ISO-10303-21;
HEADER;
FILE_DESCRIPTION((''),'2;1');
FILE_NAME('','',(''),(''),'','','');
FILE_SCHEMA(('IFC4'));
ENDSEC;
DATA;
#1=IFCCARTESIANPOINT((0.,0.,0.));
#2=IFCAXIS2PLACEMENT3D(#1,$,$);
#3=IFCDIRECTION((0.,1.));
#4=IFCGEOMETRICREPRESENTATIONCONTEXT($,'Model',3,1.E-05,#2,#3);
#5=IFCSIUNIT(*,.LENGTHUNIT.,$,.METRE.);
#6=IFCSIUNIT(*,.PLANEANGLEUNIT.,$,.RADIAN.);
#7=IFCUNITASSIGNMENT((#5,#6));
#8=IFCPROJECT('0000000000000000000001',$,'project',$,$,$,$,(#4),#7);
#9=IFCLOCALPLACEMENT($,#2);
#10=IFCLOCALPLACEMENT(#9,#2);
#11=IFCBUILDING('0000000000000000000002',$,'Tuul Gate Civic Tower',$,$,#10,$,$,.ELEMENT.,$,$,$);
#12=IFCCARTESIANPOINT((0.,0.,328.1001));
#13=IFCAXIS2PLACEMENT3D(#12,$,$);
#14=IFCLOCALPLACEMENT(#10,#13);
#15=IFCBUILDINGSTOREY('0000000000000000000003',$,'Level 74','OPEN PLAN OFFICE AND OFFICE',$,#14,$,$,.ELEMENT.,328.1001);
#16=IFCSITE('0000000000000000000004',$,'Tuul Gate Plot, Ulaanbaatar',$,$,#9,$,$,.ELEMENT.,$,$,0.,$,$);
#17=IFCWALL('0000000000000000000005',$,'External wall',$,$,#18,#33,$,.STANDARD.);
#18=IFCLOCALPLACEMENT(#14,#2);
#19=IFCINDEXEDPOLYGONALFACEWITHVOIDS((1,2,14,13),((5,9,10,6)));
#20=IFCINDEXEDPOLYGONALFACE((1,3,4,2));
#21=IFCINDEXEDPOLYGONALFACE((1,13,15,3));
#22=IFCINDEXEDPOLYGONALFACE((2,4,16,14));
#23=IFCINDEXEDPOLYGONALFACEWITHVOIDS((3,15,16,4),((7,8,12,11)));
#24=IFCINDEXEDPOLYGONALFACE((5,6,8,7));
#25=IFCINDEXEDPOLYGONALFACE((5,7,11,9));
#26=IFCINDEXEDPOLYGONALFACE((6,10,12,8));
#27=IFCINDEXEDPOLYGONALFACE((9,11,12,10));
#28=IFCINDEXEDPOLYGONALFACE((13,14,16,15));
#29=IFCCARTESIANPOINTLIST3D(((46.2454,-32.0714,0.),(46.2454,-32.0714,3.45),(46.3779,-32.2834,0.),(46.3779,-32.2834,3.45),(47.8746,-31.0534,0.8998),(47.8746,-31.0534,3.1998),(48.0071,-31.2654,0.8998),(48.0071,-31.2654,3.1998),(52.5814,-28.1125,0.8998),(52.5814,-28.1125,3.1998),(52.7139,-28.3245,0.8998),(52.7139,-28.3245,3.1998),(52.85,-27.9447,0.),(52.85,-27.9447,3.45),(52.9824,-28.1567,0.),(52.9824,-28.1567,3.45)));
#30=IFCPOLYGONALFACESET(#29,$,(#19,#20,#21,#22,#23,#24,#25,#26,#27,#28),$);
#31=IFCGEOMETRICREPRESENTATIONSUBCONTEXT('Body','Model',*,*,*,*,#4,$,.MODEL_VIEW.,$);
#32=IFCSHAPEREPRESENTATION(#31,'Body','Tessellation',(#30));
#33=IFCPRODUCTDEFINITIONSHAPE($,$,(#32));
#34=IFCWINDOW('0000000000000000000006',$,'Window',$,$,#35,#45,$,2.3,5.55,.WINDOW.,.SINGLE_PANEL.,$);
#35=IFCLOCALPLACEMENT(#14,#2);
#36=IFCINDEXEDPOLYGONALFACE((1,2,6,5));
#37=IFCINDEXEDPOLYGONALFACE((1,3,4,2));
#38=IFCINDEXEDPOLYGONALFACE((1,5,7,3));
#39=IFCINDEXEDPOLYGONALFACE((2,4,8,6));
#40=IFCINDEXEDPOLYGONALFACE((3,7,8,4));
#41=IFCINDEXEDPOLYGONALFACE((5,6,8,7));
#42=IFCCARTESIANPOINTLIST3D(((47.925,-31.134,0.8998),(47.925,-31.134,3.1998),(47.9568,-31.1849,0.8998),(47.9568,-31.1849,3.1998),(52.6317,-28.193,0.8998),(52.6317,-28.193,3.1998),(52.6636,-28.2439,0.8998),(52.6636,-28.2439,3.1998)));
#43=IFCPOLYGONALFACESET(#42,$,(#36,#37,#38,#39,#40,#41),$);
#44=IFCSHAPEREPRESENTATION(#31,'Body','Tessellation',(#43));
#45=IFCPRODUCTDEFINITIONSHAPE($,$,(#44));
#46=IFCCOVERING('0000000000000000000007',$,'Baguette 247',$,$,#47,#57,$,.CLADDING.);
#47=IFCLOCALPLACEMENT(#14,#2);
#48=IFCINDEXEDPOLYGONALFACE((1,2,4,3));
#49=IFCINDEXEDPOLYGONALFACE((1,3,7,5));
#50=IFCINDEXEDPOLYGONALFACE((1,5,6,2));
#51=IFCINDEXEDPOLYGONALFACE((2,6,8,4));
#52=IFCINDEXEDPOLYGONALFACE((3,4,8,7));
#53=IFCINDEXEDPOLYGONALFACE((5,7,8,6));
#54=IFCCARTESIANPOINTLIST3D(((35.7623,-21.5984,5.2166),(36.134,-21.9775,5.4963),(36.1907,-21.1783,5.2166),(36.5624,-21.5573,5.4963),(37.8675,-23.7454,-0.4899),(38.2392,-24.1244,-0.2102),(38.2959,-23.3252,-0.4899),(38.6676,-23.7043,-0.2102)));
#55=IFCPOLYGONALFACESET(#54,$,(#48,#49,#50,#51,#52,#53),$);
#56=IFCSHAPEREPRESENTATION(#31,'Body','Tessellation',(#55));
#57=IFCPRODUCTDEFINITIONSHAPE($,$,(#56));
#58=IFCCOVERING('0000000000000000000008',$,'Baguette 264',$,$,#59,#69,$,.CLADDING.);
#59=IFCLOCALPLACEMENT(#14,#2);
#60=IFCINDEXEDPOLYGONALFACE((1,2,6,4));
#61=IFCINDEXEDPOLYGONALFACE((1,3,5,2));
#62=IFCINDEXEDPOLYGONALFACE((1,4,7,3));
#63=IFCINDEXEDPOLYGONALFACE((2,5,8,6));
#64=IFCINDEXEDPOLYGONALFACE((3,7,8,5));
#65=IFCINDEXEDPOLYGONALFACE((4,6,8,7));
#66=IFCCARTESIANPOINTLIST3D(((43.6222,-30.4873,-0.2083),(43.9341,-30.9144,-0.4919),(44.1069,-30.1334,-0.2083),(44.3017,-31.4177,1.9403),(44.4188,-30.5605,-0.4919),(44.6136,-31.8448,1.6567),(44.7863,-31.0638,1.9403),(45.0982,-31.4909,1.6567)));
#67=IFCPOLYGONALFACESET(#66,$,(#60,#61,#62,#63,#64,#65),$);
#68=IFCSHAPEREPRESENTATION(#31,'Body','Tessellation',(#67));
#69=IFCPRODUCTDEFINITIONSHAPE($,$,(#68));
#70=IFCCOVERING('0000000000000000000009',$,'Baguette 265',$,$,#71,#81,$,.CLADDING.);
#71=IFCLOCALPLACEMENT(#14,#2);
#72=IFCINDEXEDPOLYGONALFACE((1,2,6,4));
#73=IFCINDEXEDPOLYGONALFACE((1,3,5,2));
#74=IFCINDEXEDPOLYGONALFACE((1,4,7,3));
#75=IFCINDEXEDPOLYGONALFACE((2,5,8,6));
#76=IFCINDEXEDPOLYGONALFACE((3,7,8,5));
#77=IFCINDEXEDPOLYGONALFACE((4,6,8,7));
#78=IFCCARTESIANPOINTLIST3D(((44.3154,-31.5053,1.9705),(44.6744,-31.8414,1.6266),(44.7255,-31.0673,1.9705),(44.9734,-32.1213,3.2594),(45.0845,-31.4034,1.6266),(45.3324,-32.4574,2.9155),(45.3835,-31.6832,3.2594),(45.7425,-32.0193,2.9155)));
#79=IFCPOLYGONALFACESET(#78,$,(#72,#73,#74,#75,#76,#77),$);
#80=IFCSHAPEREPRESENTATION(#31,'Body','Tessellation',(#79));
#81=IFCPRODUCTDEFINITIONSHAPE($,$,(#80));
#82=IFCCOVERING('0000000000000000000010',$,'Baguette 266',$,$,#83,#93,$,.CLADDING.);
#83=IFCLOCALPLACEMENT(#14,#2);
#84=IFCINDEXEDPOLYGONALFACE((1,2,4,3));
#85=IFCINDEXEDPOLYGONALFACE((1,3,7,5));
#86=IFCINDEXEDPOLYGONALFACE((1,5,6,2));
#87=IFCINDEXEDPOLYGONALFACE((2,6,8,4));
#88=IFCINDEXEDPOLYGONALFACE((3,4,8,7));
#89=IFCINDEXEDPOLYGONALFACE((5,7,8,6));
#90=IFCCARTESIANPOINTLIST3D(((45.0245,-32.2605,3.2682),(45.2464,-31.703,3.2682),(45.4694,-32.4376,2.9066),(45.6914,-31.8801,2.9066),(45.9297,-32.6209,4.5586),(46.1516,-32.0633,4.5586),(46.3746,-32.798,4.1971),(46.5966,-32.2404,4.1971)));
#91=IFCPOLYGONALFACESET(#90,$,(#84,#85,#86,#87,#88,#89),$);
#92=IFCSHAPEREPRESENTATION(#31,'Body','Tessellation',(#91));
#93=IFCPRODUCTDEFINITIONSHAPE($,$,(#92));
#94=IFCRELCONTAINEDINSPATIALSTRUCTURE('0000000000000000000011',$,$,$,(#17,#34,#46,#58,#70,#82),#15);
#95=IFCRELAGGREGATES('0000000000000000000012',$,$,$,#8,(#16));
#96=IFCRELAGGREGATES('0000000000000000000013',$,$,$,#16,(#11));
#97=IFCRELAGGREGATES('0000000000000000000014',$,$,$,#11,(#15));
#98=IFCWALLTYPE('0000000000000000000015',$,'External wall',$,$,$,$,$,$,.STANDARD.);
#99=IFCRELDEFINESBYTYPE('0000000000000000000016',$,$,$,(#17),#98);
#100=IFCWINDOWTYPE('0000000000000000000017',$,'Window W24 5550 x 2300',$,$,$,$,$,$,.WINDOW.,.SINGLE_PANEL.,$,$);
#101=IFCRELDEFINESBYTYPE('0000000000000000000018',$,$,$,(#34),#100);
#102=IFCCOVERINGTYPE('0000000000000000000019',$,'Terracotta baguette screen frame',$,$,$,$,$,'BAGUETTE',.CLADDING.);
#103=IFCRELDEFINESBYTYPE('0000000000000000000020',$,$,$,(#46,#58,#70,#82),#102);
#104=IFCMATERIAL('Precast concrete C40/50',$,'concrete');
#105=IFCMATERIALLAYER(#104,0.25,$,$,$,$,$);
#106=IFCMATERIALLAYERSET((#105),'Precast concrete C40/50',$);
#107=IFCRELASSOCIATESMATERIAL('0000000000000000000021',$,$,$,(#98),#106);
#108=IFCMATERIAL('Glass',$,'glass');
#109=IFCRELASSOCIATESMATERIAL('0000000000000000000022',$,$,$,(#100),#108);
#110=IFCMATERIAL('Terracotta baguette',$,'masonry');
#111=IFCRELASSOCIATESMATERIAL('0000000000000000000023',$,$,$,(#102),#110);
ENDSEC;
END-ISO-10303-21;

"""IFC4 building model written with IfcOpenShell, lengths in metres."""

from ifc_helpers import new_model, si_unit, direction, frame, frame_2d, origin, origin_2d, place, context, subcontext, project, spatial, rectangle, extrude, material, layer, layer_set, material_profile, profile_set, type_object, element, fill, save


model = new_model("IFC4")

# Units and contexts
model_context = context("Model", 3, precision=1e-05, world=origin(), true_north=direction((0.0, 1.0)))
body_context = subcontext(model_context, "Body", "Model", "MODEL_VIEW")
ifc_project = project(units=[si_unit("LENGTHUNIT", "METRE"), si_unit("PLANEANGLEUNIT", "RADIAN")], contexts=[model_context])

# Site, building, storey
site_placement = place(None, origin())
site = spatial("IfcSite", under=ifc_project, at=site_placement, Name="Tuul Gate Plot, Ulaanbaatar", CompositionType="ELEMENT", RefElevation=0.0)
building_placement = place(site_placement, origin())
building = spatial("IfcBuilding", under=site, at=building_placement, Name="Tuul Gate Civic Tower", CompositionType="ELEMENT")
storey_placement = place(building_placement, frame((0.0, 0.0, 328.1001)))
storey = spatial("IfcBuildingStorey", under=building, at=storey_placement, Name="Level 74", Description="OPEN PLAN OFFICE AND OFFICE", CompositionType="ELEMENT", Elevation=328.1001)

# Wall, opening, window
ifc_material_1 = material(Name="Precast concrete C40/50", Category="concrete")
ifc_layer_1 = layer(ifc_material_1, 0.25)
ifc_layer_set_1 = layer_set([ifc_layer_1], Name="Precast concrete C40/50")
wall_type_1 = type_object("IfcWallType", Name="External wall", PredefinedType="STANDARD", material=ifc_layer_set_1)
wall_1_placement = place(storey_placement, frame((46.3115, -32.1775, 0.0), z_axis=(0.0, 0.0, 1.0), x_axis=(0.848062, 0.529897, 0.0)))
wall_1 = element("IfcWall", 1, at=wall_1_placement, inside=storey, type_object=wall_type_1, Name="External wall", PredefinedType="STANDARD", context=body_context, shape_type="SweptSolid", body=[
    extrude(rectangle(XDim=7.7878, YDim=0.25, at=frame_2d((3.894, 0.0))), origin(), (0.0, 0.0, 1.0), 3.45),
])
opening_1_placement = place(wall_1_placement, frame((1.9214, 0.0, 0.8999)))
opening_1 = element("IfcOpeningElement", 2, at=opening_1_placement, cuts=wall_1, PredefinedType="OPENING", context=body_context, shape_type="SweptSolid", body=[
    extrude(rectangle(XDim=5.55, YDim=2.3, at=frame_2d((2.7749, 1.1499))), frame((0.0, 0.135, 0.0), z_axis=(0.0, -1.0, 0.0), x_axis=(1.0, 0.0, 0.0)), (0.0, 0.0, 1.0), 0.27),
])
ifc_material_2 = material(Name="Glass", Category="glass")
window_type_1 = type_object("IfcWindowType", Name="Window W24 5550 x 2300", PartitioningType="SINGLE_PANEL", PredefinedType="WINDOW", material=ifc_material_2)
window_1_placement = place(opening_1_placement, origin())
window_1 = element("IfcWindow", 3, at=window_1_placement, inside=storey, type_object=window_type_1, Name="Window", OverallHeight=2.3, OverallWidth=5.55, PartitioningType="SINGLE_PANEL", PredefinedType="WINDOW", context=body_context, shape_type="SweptSolid", body=[
    extrude(rectangle(XDim=5.55, YDim=2.3, at=frame_2d((2.7749, 1.1499))), frame((0.0, 0.03, 0.0), z_axis=(0.0, -1.0, 0.0), x_axis=(1.0, 0.0, 0.0)), (0.0, 0.0, 1.0), 0.0601),
])
fill(opening_1, window_1)

# Coverings
ifc_material_3 = material(Name="Terracotta baguette", Category="masonry")
ifc_material_profile_1 = material_profile(ifc_material_3, rectangle(XDim=0.6001, YDim=0.6001, at=origin_2d()), Name="Terracotta baguette screen frame")
ifc_profile_set_1 = profile_set([ifc_material_profile_1], Name="Terracotta baguette")
covering_type = type_object("IfcCoveringType", Name="Terracotta baguette screen frame", ElementType="BAGUETTE", PredefinedType="CLADDING", material=ifc_profile_set_1)
covering_1_placement = place(storey_placement, frame((36.1624, -21.5779, 5.3564), z_axis=(0.326377, -0.33285, -0.884697), x_axis=(0.714015, 0.700131, 0.0)))
element("IfcCovering", 4, at=covering_1_placement, inside=storey, type_object=covering_type, Name="Baguette 247", PredefinedType="CLADDING", context=body_context, shape_type="SweptSolid", body=[
    extrude(rectangle(XDim=0.6001, YDim=0.6001, at=origin_2d()), origin(), (0.0, 0.0, 1.0), 6.4502),
])
covering_2_placement = place(storey_placement, frame((44.0205, -30.5239, -0.3501), z_axis=(0.278681, -0.381622, 0.881306), x_axis=(0.807589, 0.589746, 0.0)))
element("IfcCovering", 5, at=covering_2_placement, inside=storey, type_object=covering_type, Name="Baguette 264", PredefinedType="CLADDING", context=body_context, shape_type="SweptSolid", body=[
    extrude(rectangle(XDim=0.6001, YDim=0.6001, at=origin_2d()), origin(), (0.0, 0.0, 1.0), 2.438),
])
covering_3_placement = place(storey_placement, frame((44.7, -31.4543, 1.7986), z_axis=(0.418363, -0.391663, 0.819495), x_axis=(0.683427, 0.730019, 0.0)))
element("IfcCovering", 6, at=covering_3_placement, inside=storey, type_object=covering_type, Name="Baguette 265", PredefinedType="CLADDING", context=body_context, shape_type="SweptSolid", body=[
    extrude(rectangle(XDim=0.6001, YDim=0.6001, at=origin_2d()), origin(), (0.0, 0.0, 1.0), 1.5728),
])
covering_4_placement = place(storey_placement, frame((45.3579, -32.0703, 3.0874), z_axis=(0.559832, -0.222846, 0.798078), x_axis=(0.369835, 0.929097, 0.0)))
element("IfcCovering", 7, at=covering_4_placement, inside=storey, type_object=covering_type, Name="Baguette 266", PredefinedType="CLADDING", context=body_context, shape_type="SweptSolid", body=[
    extrude(rectangle(XDim=0.6001, YDim=0.6001, at=origin_2d()), origin(), (0.0, 0.0, 1.0), 1.6169),
])

save(model, "model.ifc")
